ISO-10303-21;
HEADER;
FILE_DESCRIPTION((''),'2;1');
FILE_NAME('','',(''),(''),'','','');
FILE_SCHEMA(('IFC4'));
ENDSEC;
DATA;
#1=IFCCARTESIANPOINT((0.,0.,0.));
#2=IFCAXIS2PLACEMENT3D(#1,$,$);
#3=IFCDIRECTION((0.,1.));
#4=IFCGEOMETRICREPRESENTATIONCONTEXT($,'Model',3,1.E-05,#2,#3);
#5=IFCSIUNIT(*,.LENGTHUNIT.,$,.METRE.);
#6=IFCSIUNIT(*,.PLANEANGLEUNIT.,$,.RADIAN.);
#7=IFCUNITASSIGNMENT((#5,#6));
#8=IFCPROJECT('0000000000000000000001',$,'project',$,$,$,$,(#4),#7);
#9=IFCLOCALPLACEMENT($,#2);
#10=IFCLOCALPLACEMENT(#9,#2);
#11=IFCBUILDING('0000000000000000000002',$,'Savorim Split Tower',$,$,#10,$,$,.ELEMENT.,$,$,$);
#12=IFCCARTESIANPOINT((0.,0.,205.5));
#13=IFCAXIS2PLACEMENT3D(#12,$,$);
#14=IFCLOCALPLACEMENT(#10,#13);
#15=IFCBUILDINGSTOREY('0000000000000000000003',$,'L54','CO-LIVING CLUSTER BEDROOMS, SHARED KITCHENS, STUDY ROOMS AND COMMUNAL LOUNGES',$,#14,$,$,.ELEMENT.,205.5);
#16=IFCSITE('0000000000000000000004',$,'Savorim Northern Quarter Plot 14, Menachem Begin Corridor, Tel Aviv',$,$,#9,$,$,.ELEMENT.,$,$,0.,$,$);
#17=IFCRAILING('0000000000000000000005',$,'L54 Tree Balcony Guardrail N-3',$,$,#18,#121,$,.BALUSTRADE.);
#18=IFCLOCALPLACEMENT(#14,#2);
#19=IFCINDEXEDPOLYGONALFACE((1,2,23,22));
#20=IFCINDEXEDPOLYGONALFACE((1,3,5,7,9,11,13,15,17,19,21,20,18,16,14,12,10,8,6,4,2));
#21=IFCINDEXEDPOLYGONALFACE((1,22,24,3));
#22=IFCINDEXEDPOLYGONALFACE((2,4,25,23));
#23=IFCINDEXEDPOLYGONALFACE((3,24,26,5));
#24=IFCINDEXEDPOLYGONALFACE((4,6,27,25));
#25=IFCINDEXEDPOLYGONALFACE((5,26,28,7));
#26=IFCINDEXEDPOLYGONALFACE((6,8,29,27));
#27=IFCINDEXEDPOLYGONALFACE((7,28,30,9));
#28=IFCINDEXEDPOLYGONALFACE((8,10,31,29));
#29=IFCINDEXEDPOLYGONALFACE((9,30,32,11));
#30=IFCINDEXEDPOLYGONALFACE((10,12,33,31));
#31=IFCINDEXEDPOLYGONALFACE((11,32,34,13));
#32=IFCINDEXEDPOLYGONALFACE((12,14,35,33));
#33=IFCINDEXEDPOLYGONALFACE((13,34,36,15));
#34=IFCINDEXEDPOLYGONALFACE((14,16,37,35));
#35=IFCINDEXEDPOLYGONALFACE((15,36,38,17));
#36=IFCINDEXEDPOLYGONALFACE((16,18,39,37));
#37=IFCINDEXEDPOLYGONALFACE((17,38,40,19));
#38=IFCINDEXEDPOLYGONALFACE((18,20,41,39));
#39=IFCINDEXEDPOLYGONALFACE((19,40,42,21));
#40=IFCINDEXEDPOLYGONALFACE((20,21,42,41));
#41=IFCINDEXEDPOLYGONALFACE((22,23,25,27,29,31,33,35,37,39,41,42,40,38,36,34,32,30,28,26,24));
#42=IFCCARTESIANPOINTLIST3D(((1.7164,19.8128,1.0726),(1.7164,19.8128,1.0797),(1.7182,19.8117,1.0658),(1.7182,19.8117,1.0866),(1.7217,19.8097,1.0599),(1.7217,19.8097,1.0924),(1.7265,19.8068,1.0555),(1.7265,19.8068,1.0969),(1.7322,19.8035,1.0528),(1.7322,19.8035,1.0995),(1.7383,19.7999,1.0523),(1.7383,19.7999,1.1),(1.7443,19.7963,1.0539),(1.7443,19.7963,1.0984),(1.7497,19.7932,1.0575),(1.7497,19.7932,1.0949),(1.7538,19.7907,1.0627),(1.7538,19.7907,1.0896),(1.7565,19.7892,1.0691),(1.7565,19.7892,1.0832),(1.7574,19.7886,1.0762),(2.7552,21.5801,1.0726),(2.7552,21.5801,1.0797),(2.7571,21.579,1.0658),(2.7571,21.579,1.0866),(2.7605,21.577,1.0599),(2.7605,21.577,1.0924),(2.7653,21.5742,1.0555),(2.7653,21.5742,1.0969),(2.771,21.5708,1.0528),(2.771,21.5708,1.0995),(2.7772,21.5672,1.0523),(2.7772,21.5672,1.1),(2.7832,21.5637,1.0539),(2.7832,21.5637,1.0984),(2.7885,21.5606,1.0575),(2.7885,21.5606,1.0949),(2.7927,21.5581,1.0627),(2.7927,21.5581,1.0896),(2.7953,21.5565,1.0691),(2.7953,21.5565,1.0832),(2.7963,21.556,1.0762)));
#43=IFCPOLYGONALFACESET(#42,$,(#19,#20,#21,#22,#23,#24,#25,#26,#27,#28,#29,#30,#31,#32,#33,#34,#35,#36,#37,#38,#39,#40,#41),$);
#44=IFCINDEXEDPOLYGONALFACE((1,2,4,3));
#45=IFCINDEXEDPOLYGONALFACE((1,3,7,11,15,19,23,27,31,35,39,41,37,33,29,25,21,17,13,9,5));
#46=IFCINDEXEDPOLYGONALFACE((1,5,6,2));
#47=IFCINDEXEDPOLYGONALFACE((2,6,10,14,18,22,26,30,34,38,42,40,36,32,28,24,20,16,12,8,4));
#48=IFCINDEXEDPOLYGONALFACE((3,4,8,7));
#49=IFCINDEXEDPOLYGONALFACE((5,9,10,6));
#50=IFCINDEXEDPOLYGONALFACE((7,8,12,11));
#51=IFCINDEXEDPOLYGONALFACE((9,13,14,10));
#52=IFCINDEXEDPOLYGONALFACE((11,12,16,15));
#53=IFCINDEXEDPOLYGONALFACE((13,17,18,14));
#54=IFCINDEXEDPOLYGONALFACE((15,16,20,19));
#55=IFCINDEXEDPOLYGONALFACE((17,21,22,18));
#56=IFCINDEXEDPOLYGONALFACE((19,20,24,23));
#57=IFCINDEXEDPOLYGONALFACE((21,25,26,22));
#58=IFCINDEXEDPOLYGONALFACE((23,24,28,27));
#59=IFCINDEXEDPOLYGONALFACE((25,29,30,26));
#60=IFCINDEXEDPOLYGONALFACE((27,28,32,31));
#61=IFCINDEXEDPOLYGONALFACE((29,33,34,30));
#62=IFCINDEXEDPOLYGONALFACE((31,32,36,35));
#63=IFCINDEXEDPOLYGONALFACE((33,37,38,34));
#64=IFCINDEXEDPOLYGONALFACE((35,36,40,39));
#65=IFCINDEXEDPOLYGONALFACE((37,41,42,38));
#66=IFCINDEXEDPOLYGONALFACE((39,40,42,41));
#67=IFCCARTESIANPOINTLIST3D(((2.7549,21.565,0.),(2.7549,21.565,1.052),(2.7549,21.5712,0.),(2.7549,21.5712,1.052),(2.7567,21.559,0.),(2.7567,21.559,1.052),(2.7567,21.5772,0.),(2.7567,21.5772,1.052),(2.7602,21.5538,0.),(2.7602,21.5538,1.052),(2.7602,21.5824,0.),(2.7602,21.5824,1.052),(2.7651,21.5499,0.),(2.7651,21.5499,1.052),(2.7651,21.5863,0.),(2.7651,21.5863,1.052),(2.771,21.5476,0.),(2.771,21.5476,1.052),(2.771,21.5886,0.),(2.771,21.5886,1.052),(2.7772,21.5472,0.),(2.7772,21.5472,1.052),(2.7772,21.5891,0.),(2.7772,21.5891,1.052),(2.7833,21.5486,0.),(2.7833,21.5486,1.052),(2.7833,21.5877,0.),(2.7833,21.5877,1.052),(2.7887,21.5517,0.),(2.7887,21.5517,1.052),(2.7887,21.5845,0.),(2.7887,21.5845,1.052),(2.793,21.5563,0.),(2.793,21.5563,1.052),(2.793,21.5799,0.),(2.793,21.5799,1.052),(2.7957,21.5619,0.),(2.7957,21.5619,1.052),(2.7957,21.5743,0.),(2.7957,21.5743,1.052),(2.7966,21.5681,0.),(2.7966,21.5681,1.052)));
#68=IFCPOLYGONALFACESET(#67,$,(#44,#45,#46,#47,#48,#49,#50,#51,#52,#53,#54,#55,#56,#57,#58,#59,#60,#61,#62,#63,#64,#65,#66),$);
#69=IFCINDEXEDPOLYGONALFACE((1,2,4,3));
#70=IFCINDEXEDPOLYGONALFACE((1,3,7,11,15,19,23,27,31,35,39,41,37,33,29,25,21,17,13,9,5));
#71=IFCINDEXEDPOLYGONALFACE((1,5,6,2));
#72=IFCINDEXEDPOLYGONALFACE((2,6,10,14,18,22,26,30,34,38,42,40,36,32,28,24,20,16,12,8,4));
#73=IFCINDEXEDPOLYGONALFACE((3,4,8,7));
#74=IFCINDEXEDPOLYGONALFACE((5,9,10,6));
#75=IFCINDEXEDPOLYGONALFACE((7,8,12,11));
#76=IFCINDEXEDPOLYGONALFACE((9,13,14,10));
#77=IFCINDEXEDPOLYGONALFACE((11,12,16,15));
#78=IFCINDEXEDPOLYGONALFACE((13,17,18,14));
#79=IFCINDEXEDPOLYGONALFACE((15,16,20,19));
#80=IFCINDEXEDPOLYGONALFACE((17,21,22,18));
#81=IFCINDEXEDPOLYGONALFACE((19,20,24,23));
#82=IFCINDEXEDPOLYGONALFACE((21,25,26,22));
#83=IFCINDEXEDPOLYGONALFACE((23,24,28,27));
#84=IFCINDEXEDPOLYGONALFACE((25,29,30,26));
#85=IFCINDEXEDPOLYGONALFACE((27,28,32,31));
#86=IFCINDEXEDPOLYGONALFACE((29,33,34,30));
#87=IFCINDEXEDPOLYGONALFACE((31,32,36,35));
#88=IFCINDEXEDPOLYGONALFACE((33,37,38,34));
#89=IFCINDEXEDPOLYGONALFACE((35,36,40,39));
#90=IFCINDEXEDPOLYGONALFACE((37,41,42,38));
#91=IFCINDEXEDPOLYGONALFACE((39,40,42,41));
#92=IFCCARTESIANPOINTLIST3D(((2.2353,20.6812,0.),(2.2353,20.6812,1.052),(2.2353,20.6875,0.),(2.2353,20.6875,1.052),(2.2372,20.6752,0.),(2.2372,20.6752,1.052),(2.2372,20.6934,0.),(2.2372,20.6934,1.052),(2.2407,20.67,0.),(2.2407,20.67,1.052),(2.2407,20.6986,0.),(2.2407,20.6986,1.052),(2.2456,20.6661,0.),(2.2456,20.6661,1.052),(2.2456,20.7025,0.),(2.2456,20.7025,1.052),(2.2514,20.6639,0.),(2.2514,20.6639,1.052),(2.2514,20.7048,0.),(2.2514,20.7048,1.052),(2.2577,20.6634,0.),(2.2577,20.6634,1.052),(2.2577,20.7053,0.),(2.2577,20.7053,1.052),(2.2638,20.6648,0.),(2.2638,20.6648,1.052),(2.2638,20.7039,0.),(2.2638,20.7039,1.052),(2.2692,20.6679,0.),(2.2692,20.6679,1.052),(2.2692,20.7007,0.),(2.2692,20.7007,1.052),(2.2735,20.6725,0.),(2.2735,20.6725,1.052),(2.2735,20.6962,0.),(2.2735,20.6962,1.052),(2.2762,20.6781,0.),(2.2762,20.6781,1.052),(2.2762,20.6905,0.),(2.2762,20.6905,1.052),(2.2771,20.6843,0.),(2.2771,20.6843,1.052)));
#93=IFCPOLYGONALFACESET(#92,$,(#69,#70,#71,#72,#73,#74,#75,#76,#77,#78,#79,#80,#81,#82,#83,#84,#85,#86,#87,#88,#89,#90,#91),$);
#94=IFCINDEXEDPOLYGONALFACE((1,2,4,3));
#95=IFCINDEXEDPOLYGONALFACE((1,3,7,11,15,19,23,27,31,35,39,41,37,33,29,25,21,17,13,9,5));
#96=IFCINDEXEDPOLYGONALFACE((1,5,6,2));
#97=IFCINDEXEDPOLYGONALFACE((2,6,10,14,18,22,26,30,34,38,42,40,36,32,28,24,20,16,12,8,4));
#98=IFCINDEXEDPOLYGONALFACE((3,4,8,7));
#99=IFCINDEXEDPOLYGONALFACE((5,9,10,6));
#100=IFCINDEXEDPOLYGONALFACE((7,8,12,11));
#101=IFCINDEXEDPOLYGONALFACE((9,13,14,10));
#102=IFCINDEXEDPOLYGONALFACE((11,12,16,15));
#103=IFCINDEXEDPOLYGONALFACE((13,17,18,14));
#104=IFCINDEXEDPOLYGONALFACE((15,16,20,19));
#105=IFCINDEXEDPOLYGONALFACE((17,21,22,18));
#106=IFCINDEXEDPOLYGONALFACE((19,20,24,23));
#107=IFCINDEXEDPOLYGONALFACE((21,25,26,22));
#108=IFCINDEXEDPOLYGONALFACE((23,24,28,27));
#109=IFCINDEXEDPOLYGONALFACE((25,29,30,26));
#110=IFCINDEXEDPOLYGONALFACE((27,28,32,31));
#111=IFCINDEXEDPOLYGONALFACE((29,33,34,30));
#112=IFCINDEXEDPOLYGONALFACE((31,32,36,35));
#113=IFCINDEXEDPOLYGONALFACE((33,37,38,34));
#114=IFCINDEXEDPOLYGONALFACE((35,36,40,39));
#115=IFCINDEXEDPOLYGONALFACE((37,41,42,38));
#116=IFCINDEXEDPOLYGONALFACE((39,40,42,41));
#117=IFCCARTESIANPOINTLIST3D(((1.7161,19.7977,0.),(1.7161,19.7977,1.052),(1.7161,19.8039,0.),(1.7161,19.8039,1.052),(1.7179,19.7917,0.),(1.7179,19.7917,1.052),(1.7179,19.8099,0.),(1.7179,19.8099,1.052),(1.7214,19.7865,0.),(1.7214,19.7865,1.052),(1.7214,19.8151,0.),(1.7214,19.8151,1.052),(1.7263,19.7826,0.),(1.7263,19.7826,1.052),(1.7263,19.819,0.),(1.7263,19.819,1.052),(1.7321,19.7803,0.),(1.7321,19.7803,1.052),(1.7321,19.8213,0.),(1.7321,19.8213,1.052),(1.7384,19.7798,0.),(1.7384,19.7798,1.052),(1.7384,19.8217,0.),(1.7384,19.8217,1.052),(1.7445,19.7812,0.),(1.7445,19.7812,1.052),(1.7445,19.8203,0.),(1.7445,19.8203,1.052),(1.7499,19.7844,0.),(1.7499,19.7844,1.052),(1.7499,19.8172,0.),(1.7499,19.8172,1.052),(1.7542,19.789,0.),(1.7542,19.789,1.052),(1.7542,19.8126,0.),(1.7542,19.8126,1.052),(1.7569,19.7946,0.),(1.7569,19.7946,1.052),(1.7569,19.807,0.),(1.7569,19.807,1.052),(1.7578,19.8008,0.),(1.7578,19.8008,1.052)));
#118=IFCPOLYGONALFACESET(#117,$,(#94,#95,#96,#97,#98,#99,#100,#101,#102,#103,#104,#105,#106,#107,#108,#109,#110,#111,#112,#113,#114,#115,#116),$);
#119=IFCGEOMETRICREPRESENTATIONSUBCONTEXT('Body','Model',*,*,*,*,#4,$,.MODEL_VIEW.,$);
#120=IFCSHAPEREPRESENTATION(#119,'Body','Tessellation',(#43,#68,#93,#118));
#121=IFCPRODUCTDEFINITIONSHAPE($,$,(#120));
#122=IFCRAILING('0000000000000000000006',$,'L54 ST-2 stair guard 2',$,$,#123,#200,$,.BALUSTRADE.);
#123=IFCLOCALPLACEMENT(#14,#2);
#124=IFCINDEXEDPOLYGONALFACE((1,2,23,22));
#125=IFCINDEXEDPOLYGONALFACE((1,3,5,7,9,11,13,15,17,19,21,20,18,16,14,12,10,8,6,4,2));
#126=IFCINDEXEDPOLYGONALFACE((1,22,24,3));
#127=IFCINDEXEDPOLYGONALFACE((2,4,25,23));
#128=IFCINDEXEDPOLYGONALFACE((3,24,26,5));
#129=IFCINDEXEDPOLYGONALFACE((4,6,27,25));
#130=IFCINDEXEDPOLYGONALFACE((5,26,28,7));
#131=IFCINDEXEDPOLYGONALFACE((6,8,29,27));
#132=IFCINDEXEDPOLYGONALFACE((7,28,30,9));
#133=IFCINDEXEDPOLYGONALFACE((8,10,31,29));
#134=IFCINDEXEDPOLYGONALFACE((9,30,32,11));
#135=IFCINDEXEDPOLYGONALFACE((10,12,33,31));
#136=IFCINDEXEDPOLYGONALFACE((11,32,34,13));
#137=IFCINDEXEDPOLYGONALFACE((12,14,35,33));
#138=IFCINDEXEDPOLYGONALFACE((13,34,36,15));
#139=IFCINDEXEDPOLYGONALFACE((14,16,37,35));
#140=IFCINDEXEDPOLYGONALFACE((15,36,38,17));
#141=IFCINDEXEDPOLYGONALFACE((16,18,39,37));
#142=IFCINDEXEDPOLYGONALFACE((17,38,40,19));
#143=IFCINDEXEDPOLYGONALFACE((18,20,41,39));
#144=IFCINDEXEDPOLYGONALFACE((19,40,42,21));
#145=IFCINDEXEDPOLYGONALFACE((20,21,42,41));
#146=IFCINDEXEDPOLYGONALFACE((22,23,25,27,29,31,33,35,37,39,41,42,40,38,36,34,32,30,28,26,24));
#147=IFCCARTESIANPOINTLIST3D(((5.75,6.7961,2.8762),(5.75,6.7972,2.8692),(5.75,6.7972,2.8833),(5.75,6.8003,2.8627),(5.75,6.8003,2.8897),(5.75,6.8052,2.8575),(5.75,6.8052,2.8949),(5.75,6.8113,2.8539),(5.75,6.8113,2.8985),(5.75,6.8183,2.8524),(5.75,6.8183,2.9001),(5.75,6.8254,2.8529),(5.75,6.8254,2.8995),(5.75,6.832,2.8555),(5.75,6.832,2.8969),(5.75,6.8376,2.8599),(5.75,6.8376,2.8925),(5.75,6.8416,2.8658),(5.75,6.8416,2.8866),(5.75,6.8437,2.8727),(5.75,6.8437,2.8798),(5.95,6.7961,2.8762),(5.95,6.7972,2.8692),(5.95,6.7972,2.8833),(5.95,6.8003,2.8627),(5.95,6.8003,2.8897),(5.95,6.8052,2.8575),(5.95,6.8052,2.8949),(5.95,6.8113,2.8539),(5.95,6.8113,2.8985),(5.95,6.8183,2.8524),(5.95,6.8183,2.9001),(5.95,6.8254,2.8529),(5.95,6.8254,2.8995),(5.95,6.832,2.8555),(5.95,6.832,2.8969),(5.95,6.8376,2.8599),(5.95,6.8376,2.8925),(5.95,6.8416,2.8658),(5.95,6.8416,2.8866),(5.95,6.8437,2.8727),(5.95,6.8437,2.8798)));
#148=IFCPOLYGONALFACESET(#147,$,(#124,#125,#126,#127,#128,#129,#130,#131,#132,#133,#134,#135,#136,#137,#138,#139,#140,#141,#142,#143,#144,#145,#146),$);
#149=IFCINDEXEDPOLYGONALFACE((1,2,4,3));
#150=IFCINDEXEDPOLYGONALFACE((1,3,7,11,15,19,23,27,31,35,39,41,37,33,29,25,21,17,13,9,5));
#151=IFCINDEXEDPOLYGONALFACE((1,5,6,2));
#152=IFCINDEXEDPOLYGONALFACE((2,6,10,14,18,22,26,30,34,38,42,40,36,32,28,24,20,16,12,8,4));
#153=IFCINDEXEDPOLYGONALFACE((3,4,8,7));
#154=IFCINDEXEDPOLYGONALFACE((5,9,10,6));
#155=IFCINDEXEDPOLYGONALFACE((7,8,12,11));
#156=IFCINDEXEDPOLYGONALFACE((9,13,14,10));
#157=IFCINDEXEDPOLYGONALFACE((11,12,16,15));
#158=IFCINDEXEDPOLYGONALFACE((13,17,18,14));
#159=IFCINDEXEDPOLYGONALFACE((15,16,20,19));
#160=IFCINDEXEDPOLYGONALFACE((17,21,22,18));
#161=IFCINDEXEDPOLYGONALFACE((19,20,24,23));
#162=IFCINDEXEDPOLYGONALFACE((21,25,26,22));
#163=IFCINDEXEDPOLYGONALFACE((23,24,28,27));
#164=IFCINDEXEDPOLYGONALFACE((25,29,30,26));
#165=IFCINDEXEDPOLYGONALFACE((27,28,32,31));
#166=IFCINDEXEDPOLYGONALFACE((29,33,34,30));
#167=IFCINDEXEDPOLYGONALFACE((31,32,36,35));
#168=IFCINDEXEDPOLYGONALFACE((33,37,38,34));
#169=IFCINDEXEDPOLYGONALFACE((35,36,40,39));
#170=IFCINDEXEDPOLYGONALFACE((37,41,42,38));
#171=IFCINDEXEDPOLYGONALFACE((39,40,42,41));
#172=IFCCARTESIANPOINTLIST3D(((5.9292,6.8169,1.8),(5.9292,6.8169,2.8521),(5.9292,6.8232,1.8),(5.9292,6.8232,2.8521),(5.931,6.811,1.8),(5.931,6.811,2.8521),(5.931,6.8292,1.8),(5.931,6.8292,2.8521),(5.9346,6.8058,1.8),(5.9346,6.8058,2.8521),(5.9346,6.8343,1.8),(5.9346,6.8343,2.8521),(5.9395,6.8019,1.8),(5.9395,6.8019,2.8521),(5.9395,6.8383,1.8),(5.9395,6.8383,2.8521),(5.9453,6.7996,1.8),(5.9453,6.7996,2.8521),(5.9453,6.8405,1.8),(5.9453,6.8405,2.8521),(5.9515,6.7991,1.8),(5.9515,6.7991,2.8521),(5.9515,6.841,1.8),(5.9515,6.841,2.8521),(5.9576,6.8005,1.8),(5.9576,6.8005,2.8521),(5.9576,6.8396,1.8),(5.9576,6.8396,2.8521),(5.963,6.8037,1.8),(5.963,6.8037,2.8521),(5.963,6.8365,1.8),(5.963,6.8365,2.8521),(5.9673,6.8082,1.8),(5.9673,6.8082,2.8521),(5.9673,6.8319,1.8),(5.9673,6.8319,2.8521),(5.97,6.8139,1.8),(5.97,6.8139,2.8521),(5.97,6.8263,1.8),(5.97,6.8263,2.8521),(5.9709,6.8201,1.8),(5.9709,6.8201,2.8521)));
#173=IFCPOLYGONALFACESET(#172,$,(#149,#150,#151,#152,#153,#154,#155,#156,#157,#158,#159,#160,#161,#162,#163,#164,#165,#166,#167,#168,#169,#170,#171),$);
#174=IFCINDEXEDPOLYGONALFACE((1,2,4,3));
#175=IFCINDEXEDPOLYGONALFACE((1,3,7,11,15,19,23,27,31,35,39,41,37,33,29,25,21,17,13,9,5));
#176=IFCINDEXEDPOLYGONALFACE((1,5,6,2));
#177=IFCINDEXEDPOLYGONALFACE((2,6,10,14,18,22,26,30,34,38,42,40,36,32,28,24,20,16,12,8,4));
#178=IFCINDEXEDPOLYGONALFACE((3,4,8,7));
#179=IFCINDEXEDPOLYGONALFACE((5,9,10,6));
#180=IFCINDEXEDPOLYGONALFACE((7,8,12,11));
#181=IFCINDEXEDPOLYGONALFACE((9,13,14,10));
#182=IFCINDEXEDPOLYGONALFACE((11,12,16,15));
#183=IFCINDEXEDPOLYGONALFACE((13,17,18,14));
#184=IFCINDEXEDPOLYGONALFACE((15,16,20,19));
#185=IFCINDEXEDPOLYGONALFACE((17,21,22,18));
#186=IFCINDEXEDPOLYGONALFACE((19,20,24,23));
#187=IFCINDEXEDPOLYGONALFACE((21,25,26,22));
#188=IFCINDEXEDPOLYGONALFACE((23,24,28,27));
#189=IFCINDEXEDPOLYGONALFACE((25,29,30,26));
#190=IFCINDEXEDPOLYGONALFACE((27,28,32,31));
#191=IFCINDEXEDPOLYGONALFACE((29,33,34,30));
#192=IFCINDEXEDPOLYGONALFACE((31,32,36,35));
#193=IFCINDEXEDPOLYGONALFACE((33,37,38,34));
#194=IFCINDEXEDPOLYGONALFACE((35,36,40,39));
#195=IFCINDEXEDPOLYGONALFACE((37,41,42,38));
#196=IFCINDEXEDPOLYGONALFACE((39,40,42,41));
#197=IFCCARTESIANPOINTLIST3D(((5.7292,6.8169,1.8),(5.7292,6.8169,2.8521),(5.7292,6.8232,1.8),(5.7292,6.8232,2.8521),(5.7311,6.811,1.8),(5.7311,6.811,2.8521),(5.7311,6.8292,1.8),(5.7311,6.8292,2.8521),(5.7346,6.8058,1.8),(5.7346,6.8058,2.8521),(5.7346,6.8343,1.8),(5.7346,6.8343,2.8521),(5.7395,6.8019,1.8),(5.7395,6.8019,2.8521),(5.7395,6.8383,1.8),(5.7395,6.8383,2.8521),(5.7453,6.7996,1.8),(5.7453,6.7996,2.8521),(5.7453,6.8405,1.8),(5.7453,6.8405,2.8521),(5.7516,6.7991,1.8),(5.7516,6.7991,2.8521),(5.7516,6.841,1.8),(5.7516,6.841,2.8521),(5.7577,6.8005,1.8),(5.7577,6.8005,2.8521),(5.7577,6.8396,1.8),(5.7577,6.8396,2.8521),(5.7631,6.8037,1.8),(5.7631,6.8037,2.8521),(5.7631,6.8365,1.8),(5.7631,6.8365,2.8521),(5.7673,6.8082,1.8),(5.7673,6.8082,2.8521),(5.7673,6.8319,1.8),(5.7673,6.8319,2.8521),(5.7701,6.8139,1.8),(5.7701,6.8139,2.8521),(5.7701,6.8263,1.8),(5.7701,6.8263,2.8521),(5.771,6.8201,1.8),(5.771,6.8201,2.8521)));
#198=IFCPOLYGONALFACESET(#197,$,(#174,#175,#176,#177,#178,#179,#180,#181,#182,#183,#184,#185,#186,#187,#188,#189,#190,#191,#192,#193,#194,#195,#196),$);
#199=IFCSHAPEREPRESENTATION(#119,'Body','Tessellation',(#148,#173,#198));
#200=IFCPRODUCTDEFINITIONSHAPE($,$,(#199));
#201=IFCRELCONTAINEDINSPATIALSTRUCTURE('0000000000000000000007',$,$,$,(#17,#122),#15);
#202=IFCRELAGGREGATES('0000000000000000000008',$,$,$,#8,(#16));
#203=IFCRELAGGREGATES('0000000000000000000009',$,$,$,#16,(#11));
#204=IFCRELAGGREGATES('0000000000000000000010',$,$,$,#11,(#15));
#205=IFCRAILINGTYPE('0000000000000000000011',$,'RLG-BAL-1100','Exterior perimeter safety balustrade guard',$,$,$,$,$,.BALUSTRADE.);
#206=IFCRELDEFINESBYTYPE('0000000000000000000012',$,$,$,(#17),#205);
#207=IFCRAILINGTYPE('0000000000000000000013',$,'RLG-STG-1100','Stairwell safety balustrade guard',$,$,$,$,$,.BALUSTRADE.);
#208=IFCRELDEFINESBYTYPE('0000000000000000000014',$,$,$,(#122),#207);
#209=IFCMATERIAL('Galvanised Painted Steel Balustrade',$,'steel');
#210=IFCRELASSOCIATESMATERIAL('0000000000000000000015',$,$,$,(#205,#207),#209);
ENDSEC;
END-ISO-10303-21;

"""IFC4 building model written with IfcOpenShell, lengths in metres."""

from ifc_helpers import new_model, si_unit, direction, frame, origin, origin_2d, place, context, subcontext, project, spatial, circle, extrude, material, type_object, element, save


model = new_model("IFC4")

# Units and contexts
model_context = context("Model", 3, precision=1e-05, world=origin(), true_north=direction((0.0, 1.0)))
body_context = subcontext(model_context, "Body", "Model", "MODEL_VIEW")
ifc_project = project(units=[si_unit("LENGTHUNIT", "METRE"), si_unit("PLANEANGLEUNIT", "RADIAN")], contexts=[model_context])

# Site, building, storey
site_placement = place(None, origin())
site = spatial("IfcSite", under=ifc_project, at=site_placement, Name="Savorim Northern Quarter Plot 14, Menachem Begin Corridor, Tel Aviv", CompositionType="ELEMENT", RefElevation=0.0)
building_placement = place(site_placement, origin())
building = spatial("IfcBuilding", under=site, at=building_placement, Name="Savorim Split Tower", CompositionType="ELEMENT")
storey_placement = place(building_placement, frame((0.0, 0.0, 205.5)))
storey = spatial("IfcBuildingStorey", under=building, at=storey_placement, Name="L54", Description="CO-LIVING CLUSTER BEDROOMS, SHARED KITCHENS, STUDY ROOMS AND COMMUNAL LOUNGES", CompositionType="ELEMENT", Elevation=205.5)

# Railings
ifc_material_1 = material(Name="Galvanised Painted Steel Balustrade", Category="steel")
railing_type_1 = type_object("IfcRailingType", Name="RLG-BAL-1100", Description="Exterior perimeter safety balustrade guard", PredefinedType="BALUSTRADE", material=ifc_material_1)
railing_1_placement = place(storey_placement, frame((2.7756, 21.5681, 0.0)))
element("IfcRailing", 1, at=railing_1_placement, inside=storey, type_object=railing_type_1, Name="L54 Tree Balcony Guardrail N-3", PredefinedType="BALUSTRADE", context=body_context, shape_type="SweptSolid", body=[
    extrude(circle(Radius=0.0239, at=origin_2d()), frame((0.0, 0.0, 1.0762), z_axis=(-0.506734, -0.862103, 0.0), x_axis=(0.862103, -0.506734, 0.0)), (0.0, 0.0, 1.0), 2.05),
    extrude(circle(Radius=0.021, at=origin_2d()), origin(), (0.0, 0.0, 1.0), 1.052),
    extrude(circle(Radius=0.021, at=origin_2d()), frame((-0.5195, -0.8838, 0.0)), (0.0, 0.0, 1.0), 1.052),
    extrude(circle(Radius=0.021, at=origin_2d()), frame((-1.0388, -1.7673, 0.0)), (0.0, 0.0, 1.0), 1.052),
])
railing_type_2 = type_object("IfcRailingType", Name="RLG-STG-1100", Description="Stairwell safety balustrade guard", PredefinedType="BALUSTRADE", material=ifc_material_1)
railing_2_placement = place(storey_placement, frame((5.95, 6.8201, 1.8)))
element("IfcRailing", 2, at=railing_2_placement, inside=storey, type_object=railing_type_2, Name="L54 ST-2 stair guard 2", PredefinedType="BALUSTRADE", context=body_context, shape_type="SweptSolid", body=[
    extrude(circle(Radius=0.0239, at=origin_2d()), frame((0.0, 0.0, 1.0762), z_axis=(-1.0, 0.0, 0.0), x_axis=(0.0, -1.0, 0.0)), (0.0, 0.0, 1.0), 0.2),
    extrude(circle(Radius=0.021, at=origin_2d()), origin(), (0.0, 0.0, 1.0), 1.052),
    extrude(circle(Radius=0.021, at=origin_2d()), frame((-0.2, 0.0, 0.0)), (0.0, 0.0, 1.0), 1.052),
])

save(model, "model.ifc")
